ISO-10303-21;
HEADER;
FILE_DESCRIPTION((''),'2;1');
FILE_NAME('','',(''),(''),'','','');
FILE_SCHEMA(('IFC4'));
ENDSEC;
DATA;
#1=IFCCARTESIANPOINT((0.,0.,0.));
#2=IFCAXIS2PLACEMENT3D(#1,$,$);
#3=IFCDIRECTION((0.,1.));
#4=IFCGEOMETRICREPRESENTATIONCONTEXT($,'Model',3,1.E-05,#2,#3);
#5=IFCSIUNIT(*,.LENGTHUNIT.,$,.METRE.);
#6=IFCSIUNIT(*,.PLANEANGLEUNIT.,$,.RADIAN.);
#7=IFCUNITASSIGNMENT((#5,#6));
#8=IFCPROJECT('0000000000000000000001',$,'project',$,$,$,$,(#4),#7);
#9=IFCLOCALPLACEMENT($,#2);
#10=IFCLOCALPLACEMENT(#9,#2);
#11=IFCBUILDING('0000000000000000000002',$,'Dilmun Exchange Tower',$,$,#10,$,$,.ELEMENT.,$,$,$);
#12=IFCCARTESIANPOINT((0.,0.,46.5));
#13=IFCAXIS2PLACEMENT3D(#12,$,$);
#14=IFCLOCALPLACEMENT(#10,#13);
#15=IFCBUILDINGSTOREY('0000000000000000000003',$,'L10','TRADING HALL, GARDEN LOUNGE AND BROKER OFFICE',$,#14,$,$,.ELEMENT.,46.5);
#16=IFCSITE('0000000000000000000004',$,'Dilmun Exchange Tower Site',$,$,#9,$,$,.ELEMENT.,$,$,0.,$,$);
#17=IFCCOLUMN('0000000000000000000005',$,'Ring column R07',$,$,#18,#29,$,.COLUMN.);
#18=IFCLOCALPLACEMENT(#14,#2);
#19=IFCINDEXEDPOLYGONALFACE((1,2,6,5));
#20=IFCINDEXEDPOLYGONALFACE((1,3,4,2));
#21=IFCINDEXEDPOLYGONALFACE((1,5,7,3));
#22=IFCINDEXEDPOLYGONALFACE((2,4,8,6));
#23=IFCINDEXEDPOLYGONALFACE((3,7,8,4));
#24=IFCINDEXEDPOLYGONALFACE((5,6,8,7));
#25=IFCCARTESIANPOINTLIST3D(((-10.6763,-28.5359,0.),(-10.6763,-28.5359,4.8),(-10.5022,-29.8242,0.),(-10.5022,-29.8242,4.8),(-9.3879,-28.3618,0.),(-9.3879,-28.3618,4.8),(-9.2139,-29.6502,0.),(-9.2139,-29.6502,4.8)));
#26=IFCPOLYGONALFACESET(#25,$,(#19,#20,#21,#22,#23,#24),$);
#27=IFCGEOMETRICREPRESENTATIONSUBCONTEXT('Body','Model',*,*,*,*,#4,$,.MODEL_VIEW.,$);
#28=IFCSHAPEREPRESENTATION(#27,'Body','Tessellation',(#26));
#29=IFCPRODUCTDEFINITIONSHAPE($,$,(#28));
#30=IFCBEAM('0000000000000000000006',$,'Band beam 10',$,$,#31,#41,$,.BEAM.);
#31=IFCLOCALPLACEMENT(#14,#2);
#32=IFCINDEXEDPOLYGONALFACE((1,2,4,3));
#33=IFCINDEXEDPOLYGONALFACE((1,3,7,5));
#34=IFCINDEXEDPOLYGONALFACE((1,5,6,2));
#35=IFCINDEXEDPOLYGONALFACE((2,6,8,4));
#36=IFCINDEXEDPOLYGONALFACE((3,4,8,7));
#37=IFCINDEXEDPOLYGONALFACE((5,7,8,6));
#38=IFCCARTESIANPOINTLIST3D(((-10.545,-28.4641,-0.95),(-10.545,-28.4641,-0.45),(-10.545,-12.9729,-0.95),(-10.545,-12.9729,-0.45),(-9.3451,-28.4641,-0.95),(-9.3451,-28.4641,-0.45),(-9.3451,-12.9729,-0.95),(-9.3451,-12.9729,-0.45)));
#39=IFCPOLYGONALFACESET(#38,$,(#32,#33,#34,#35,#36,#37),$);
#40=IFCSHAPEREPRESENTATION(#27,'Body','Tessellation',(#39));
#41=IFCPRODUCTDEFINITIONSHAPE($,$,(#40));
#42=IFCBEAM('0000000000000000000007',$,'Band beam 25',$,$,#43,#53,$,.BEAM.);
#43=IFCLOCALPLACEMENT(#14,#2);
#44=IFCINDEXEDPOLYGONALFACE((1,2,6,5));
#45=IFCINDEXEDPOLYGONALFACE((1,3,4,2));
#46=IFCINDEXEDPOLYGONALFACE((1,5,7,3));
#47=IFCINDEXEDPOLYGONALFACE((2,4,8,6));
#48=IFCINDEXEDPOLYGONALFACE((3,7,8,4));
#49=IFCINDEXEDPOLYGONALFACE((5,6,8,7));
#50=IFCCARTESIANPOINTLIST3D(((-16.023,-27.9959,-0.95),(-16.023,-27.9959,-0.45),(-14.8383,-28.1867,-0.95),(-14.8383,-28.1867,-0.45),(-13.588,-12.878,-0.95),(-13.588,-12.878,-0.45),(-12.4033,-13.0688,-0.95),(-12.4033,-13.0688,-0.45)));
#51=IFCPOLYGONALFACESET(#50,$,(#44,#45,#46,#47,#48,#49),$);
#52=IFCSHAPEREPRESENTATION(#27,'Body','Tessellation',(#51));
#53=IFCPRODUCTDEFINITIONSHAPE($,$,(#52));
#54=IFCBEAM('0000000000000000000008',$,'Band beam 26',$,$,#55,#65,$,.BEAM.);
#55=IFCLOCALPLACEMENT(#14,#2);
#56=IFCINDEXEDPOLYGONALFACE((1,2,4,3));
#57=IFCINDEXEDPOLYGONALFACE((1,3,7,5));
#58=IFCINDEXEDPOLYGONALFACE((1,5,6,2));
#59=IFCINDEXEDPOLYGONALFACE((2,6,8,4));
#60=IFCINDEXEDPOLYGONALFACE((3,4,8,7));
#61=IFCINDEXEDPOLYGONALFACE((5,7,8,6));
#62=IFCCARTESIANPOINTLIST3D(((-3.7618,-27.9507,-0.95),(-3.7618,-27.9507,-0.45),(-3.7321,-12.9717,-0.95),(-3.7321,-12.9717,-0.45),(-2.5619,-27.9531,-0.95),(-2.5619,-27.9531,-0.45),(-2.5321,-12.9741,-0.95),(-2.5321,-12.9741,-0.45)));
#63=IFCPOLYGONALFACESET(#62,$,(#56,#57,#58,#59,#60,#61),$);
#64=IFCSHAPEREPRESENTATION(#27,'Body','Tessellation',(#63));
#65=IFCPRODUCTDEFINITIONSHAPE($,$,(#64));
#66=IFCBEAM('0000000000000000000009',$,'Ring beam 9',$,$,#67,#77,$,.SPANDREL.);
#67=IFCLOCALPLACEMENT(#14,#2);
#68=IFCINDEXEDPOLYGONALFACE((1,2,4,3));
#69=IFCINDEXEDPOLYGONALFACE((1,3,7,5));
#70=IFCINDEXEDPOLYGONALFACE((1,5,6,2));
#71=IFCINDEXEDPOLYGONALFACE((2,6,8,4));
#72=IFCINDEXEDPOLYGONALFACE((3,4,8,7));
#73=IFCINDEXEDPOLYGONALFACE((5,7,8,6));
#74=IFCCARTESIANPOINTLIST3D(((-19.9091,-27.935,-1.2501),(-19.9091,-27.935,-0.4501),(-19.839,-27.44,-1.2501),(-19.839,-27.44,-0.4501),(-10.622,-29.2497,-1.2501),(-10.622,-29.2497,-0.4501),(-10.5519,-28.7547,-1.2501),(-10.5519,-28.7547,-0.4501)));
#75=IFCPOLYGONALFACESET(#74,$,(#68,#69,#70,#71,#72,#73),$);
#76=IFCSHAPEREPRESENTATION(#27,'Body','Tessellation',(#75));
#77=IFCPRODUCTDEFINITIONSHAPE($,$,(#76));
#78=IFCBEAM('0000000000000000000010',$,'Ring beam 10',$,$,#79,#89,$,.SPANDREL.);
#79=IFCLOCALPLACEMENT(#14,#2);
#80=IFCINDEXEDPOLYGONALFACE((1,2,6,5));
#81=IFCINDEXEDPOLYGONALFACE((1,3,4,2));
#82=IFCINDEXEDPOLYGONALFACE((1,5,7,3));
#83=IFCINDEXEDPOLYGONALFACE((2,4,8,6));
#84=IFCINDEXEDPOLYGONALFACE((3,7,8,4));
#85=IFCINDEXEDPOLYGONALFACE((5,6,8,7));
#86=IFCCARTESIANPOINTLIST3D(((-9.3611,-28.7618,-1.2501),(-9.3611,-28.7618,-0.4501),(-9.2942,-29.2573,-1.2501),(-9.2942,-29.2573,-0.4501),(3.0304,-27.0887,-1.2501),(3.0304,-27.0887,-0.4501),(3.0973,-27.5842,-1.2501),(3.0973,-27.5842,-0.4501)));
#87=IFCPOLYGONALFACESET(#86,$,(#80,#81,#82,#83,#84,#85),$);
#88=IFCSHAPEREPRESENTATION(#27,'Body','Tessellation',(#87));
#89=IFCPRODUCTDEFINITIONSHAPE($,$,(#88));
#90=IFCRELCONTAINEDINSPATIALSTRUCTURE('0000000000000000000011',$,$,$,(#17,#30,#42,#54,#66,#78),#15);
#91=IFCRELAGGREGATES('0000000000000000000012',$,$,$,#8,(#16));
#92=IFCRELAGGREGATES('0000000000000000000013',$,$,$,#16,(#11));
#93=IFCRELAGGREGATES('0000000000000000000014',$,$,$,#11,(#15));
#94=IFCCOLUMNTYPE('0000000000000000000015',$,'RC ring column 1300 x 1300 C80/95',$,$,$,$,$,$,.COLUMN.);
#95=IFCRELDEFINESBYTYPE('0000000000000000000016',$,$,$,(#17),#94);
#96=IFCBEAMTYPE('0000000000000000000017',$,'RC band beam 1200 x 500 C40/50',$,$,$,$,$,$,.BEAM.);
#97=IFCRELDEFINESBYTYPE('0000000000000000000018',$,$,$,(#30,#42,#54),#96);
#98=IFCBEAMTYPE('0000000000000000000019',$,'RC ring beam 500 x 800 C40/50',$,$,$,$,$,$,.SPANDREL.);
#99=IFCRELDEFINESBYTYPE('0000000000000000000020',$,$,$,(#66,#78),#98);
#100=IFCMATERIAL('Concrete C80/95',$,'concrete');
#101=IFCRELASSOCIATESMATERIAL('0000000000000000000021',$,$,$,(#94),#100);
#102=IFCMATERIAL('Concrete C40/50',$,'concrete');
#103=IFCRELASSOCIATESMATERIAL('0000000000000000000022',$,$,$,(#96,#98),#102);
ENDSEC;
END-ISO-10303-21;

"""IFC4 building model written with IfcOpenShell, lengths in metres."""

from ifc_helpers import new_model, si_unit, direction, frame, origin, origin_2d, place, context, subcontext, project, spatial, rectangle, extrude, material, material_profile, profile_set, type_object, element, save


model = new_model("IFC4")

# Units and contexts
model_context = context("Model", 3, precision=1e-05, world=origin(), true_north=direction((0.0, 1.0)))
body_context = subcontext(model_context, "Body", "Model", "MODEL_VIEW")
ifc_project = project(units=[si_unit("LENGTHUNIT", "METRE"), si_unit("PLANEANGLEUNIT", "RADIAN")], contexts=[model_context])

# Site, building, storey
site_placement = place(None, origin())
site = spatial("IfcSite", under=ifc_project, at=site_placement, Name="Dilmun Exchange Tower Site", CompositionType="ELEMENT", RefElevation=0.0)
building_placement = place(site_placement, origin())
building = spatial("IfcBuilding", under=site, at=building_placement, Name="Dilmun Exchange Tower", CompositionType="ELEMENT")
storey_placement = place(building_placement, frame((0.0, 0.0, 46.5)))
storey = spatial("IfcBuildingStorey", under=building, at=storey_placement, Name="L10", Description="TRADING HALL, GARDEN LOUNGE AND BROKER OFFICE", CompositionType="ELEMENT", Elevation=46.5)

# Column
ifc_material_1 = material(Name="Concrete C80/95", Category="concrete")
ifc_material_profile_1 = material_profile(ifc_material_1, rectangle(XDim=1.3, YDim=1.3, at=origin_2d()), Name="1300 x 1300")
ifc_profile_set_1 = profile_set([ifc_material_profile_1], Name="Concrete C80/95")
column_type = type_object("IfcColumnType", Name="RC ring column 1300 x 1300 C80/95", PredefinedType="COLUMN", material=ifc_profile_set_1)
column_placement = place(storey_placement, frame((-9.9451, -29.093, 0.0), z_axis=(0.0, 0.0, 1.0), x_axis=(0.991001, 0.133853, 0.0)))
element("IfcColumn", 1, at=column_placement, inside=storey, type_object=column_type, Name="Ring column R07", PredefinedType="COLUMN", context=body_context, shape_type="SweptSolid", body=[
    extrude(rectangle(XDim=1.3, YDim=1.3, at=origin_2d()), origin(), (0.0, 0.0, 1.0), 4.8),
])

# Beams
ifc_material_2 = material(Name="Concrete C40/50", Category="concrete")
ifc_material_profile_2 = material_profile(ifc_material_2, rectangle(XDim=1.2, YDim=0.5, at=origin_2d()), Name="1200 x 500")
ifc_profile_set_2 = profile_set([ifc_material_profile_2], Name="Concrete C40/50")
beam_type_1 = type_object("IfcBeamType", Name="RC band beam 1200 x 500 C40/50", PredefinedType="BEAM", material=ifc_profile_set_2)
beam_1_placement = place(storey_placement, frame((-9.9451, -28.4641, -0.7), z_axis=(0.0, 1.0, 0.0), x_axis=(-1.0, 0.0, 0.0)))
element("IfcBeam", 2, at=beam_1_placement, inside=storey, type_object=beam_type_1, Name="Band beam 10", PredefinedType="BEAM", context=body_context, shape_type="SweptSolid", body=[
    extrude(rectangle(XDim=1.2, YDim=0.5, at=origin_2d()), origin(), (0.0, 0.0, 1.0), 15.4912),
])
beam_2_placement = place(storey_placement, frame((-15.4307, -28.0913, -0.7), z_axis=(0.159021, 0.987275, 0.0), x_axis=(-0.987275, 0.159021, 0.0)))
element("IfcBeam", 3, at=beam_2_placement, inside=storey, type_object=beam_type_1, Name="Band beam 25", PredefinedType="BEAM", context=body_context, shape_type="SweptSolid", body=[
    extrude(rectangle(XDim=1.2, YDim=0.5, at=origin_2d()), origin(), (0.0, 0.0, 1.0), 15.3127),
])
beam_3_placement = place(storey_placement, frame((-3.1619, -27.9519, -0.7), z_axis=(0.001988, 0.999998, 0.0), x_axis=(-0.999998, 0.001988, 0.0)))
element("IfcBeam", 4, at=beam_3_placement, inside=storey, type_object=beam_type_1, Name="Band beam 26", PredefinedType="BEAM", context=body_context, shape_type="SweptSolid", body=[
    extrude(rectangle(XDim=1.2, YDim=0.5, at=origin_2d()), origin(), (0.0, 0.0, 1.0), 14.979),
])
ifc_material_profile_3 = material_profile(ifc_material_2, rectangle(XDim=0.5, YDim=0.8, at=origin_2d()), Name="500 x 800")
ifc_profile_set_3 = profile_set([ifc_material_profile_3], Name="Concrete C40/50")
beam_type_2 = type_object("IfcBeamType", Name="RC ring beam 500 x 800 C40/50", PredefinedType="SPANDREL", material=ifc_profile_set_3)
beam_4_placement = place(storey_placement, frame((-19.874, -27.6875, -0.8501), z_axis=(0.990128, -0.140164, 0.0), x_axis=(0.140164, 0.990128, 0.0)))
element("IfcBeam", 5, at=beam_4_placement, inside=storey, type_object=beam_type_2, Name="Ring beam 9", PredefinedType="SPANDREL", context=body_context, shape_type="SweptSolid", body=[
    extrude(rectangle(XDim=0.5, YDim=0.8, at=origin_2d()), origin(), (0.0, 0.0, 1.0), 9.3796),
])
beam_5_placement = place(storey_placement, frame((-9.3276, -29.0095, -0.8501), z_axis=(0.991007, 0.133807, 0.0), x_axis=(-0.133807, 0.991007, 0.0)))
element("IfcBeam", 6, at=beam_5_placement, inside=storey, type_object=beam_type_2, Name="Ring beam 10", PredefinedType="SPANDREL", context=body_context, shape_type="SweptSolid", body=[
    extrude(rectangle(XDim=0.5, YDim=0.8, at=origin_2d()), origin(), (0.0, 0.0, 1.0), 12.5039),
])

save(model, "model.ifc")
